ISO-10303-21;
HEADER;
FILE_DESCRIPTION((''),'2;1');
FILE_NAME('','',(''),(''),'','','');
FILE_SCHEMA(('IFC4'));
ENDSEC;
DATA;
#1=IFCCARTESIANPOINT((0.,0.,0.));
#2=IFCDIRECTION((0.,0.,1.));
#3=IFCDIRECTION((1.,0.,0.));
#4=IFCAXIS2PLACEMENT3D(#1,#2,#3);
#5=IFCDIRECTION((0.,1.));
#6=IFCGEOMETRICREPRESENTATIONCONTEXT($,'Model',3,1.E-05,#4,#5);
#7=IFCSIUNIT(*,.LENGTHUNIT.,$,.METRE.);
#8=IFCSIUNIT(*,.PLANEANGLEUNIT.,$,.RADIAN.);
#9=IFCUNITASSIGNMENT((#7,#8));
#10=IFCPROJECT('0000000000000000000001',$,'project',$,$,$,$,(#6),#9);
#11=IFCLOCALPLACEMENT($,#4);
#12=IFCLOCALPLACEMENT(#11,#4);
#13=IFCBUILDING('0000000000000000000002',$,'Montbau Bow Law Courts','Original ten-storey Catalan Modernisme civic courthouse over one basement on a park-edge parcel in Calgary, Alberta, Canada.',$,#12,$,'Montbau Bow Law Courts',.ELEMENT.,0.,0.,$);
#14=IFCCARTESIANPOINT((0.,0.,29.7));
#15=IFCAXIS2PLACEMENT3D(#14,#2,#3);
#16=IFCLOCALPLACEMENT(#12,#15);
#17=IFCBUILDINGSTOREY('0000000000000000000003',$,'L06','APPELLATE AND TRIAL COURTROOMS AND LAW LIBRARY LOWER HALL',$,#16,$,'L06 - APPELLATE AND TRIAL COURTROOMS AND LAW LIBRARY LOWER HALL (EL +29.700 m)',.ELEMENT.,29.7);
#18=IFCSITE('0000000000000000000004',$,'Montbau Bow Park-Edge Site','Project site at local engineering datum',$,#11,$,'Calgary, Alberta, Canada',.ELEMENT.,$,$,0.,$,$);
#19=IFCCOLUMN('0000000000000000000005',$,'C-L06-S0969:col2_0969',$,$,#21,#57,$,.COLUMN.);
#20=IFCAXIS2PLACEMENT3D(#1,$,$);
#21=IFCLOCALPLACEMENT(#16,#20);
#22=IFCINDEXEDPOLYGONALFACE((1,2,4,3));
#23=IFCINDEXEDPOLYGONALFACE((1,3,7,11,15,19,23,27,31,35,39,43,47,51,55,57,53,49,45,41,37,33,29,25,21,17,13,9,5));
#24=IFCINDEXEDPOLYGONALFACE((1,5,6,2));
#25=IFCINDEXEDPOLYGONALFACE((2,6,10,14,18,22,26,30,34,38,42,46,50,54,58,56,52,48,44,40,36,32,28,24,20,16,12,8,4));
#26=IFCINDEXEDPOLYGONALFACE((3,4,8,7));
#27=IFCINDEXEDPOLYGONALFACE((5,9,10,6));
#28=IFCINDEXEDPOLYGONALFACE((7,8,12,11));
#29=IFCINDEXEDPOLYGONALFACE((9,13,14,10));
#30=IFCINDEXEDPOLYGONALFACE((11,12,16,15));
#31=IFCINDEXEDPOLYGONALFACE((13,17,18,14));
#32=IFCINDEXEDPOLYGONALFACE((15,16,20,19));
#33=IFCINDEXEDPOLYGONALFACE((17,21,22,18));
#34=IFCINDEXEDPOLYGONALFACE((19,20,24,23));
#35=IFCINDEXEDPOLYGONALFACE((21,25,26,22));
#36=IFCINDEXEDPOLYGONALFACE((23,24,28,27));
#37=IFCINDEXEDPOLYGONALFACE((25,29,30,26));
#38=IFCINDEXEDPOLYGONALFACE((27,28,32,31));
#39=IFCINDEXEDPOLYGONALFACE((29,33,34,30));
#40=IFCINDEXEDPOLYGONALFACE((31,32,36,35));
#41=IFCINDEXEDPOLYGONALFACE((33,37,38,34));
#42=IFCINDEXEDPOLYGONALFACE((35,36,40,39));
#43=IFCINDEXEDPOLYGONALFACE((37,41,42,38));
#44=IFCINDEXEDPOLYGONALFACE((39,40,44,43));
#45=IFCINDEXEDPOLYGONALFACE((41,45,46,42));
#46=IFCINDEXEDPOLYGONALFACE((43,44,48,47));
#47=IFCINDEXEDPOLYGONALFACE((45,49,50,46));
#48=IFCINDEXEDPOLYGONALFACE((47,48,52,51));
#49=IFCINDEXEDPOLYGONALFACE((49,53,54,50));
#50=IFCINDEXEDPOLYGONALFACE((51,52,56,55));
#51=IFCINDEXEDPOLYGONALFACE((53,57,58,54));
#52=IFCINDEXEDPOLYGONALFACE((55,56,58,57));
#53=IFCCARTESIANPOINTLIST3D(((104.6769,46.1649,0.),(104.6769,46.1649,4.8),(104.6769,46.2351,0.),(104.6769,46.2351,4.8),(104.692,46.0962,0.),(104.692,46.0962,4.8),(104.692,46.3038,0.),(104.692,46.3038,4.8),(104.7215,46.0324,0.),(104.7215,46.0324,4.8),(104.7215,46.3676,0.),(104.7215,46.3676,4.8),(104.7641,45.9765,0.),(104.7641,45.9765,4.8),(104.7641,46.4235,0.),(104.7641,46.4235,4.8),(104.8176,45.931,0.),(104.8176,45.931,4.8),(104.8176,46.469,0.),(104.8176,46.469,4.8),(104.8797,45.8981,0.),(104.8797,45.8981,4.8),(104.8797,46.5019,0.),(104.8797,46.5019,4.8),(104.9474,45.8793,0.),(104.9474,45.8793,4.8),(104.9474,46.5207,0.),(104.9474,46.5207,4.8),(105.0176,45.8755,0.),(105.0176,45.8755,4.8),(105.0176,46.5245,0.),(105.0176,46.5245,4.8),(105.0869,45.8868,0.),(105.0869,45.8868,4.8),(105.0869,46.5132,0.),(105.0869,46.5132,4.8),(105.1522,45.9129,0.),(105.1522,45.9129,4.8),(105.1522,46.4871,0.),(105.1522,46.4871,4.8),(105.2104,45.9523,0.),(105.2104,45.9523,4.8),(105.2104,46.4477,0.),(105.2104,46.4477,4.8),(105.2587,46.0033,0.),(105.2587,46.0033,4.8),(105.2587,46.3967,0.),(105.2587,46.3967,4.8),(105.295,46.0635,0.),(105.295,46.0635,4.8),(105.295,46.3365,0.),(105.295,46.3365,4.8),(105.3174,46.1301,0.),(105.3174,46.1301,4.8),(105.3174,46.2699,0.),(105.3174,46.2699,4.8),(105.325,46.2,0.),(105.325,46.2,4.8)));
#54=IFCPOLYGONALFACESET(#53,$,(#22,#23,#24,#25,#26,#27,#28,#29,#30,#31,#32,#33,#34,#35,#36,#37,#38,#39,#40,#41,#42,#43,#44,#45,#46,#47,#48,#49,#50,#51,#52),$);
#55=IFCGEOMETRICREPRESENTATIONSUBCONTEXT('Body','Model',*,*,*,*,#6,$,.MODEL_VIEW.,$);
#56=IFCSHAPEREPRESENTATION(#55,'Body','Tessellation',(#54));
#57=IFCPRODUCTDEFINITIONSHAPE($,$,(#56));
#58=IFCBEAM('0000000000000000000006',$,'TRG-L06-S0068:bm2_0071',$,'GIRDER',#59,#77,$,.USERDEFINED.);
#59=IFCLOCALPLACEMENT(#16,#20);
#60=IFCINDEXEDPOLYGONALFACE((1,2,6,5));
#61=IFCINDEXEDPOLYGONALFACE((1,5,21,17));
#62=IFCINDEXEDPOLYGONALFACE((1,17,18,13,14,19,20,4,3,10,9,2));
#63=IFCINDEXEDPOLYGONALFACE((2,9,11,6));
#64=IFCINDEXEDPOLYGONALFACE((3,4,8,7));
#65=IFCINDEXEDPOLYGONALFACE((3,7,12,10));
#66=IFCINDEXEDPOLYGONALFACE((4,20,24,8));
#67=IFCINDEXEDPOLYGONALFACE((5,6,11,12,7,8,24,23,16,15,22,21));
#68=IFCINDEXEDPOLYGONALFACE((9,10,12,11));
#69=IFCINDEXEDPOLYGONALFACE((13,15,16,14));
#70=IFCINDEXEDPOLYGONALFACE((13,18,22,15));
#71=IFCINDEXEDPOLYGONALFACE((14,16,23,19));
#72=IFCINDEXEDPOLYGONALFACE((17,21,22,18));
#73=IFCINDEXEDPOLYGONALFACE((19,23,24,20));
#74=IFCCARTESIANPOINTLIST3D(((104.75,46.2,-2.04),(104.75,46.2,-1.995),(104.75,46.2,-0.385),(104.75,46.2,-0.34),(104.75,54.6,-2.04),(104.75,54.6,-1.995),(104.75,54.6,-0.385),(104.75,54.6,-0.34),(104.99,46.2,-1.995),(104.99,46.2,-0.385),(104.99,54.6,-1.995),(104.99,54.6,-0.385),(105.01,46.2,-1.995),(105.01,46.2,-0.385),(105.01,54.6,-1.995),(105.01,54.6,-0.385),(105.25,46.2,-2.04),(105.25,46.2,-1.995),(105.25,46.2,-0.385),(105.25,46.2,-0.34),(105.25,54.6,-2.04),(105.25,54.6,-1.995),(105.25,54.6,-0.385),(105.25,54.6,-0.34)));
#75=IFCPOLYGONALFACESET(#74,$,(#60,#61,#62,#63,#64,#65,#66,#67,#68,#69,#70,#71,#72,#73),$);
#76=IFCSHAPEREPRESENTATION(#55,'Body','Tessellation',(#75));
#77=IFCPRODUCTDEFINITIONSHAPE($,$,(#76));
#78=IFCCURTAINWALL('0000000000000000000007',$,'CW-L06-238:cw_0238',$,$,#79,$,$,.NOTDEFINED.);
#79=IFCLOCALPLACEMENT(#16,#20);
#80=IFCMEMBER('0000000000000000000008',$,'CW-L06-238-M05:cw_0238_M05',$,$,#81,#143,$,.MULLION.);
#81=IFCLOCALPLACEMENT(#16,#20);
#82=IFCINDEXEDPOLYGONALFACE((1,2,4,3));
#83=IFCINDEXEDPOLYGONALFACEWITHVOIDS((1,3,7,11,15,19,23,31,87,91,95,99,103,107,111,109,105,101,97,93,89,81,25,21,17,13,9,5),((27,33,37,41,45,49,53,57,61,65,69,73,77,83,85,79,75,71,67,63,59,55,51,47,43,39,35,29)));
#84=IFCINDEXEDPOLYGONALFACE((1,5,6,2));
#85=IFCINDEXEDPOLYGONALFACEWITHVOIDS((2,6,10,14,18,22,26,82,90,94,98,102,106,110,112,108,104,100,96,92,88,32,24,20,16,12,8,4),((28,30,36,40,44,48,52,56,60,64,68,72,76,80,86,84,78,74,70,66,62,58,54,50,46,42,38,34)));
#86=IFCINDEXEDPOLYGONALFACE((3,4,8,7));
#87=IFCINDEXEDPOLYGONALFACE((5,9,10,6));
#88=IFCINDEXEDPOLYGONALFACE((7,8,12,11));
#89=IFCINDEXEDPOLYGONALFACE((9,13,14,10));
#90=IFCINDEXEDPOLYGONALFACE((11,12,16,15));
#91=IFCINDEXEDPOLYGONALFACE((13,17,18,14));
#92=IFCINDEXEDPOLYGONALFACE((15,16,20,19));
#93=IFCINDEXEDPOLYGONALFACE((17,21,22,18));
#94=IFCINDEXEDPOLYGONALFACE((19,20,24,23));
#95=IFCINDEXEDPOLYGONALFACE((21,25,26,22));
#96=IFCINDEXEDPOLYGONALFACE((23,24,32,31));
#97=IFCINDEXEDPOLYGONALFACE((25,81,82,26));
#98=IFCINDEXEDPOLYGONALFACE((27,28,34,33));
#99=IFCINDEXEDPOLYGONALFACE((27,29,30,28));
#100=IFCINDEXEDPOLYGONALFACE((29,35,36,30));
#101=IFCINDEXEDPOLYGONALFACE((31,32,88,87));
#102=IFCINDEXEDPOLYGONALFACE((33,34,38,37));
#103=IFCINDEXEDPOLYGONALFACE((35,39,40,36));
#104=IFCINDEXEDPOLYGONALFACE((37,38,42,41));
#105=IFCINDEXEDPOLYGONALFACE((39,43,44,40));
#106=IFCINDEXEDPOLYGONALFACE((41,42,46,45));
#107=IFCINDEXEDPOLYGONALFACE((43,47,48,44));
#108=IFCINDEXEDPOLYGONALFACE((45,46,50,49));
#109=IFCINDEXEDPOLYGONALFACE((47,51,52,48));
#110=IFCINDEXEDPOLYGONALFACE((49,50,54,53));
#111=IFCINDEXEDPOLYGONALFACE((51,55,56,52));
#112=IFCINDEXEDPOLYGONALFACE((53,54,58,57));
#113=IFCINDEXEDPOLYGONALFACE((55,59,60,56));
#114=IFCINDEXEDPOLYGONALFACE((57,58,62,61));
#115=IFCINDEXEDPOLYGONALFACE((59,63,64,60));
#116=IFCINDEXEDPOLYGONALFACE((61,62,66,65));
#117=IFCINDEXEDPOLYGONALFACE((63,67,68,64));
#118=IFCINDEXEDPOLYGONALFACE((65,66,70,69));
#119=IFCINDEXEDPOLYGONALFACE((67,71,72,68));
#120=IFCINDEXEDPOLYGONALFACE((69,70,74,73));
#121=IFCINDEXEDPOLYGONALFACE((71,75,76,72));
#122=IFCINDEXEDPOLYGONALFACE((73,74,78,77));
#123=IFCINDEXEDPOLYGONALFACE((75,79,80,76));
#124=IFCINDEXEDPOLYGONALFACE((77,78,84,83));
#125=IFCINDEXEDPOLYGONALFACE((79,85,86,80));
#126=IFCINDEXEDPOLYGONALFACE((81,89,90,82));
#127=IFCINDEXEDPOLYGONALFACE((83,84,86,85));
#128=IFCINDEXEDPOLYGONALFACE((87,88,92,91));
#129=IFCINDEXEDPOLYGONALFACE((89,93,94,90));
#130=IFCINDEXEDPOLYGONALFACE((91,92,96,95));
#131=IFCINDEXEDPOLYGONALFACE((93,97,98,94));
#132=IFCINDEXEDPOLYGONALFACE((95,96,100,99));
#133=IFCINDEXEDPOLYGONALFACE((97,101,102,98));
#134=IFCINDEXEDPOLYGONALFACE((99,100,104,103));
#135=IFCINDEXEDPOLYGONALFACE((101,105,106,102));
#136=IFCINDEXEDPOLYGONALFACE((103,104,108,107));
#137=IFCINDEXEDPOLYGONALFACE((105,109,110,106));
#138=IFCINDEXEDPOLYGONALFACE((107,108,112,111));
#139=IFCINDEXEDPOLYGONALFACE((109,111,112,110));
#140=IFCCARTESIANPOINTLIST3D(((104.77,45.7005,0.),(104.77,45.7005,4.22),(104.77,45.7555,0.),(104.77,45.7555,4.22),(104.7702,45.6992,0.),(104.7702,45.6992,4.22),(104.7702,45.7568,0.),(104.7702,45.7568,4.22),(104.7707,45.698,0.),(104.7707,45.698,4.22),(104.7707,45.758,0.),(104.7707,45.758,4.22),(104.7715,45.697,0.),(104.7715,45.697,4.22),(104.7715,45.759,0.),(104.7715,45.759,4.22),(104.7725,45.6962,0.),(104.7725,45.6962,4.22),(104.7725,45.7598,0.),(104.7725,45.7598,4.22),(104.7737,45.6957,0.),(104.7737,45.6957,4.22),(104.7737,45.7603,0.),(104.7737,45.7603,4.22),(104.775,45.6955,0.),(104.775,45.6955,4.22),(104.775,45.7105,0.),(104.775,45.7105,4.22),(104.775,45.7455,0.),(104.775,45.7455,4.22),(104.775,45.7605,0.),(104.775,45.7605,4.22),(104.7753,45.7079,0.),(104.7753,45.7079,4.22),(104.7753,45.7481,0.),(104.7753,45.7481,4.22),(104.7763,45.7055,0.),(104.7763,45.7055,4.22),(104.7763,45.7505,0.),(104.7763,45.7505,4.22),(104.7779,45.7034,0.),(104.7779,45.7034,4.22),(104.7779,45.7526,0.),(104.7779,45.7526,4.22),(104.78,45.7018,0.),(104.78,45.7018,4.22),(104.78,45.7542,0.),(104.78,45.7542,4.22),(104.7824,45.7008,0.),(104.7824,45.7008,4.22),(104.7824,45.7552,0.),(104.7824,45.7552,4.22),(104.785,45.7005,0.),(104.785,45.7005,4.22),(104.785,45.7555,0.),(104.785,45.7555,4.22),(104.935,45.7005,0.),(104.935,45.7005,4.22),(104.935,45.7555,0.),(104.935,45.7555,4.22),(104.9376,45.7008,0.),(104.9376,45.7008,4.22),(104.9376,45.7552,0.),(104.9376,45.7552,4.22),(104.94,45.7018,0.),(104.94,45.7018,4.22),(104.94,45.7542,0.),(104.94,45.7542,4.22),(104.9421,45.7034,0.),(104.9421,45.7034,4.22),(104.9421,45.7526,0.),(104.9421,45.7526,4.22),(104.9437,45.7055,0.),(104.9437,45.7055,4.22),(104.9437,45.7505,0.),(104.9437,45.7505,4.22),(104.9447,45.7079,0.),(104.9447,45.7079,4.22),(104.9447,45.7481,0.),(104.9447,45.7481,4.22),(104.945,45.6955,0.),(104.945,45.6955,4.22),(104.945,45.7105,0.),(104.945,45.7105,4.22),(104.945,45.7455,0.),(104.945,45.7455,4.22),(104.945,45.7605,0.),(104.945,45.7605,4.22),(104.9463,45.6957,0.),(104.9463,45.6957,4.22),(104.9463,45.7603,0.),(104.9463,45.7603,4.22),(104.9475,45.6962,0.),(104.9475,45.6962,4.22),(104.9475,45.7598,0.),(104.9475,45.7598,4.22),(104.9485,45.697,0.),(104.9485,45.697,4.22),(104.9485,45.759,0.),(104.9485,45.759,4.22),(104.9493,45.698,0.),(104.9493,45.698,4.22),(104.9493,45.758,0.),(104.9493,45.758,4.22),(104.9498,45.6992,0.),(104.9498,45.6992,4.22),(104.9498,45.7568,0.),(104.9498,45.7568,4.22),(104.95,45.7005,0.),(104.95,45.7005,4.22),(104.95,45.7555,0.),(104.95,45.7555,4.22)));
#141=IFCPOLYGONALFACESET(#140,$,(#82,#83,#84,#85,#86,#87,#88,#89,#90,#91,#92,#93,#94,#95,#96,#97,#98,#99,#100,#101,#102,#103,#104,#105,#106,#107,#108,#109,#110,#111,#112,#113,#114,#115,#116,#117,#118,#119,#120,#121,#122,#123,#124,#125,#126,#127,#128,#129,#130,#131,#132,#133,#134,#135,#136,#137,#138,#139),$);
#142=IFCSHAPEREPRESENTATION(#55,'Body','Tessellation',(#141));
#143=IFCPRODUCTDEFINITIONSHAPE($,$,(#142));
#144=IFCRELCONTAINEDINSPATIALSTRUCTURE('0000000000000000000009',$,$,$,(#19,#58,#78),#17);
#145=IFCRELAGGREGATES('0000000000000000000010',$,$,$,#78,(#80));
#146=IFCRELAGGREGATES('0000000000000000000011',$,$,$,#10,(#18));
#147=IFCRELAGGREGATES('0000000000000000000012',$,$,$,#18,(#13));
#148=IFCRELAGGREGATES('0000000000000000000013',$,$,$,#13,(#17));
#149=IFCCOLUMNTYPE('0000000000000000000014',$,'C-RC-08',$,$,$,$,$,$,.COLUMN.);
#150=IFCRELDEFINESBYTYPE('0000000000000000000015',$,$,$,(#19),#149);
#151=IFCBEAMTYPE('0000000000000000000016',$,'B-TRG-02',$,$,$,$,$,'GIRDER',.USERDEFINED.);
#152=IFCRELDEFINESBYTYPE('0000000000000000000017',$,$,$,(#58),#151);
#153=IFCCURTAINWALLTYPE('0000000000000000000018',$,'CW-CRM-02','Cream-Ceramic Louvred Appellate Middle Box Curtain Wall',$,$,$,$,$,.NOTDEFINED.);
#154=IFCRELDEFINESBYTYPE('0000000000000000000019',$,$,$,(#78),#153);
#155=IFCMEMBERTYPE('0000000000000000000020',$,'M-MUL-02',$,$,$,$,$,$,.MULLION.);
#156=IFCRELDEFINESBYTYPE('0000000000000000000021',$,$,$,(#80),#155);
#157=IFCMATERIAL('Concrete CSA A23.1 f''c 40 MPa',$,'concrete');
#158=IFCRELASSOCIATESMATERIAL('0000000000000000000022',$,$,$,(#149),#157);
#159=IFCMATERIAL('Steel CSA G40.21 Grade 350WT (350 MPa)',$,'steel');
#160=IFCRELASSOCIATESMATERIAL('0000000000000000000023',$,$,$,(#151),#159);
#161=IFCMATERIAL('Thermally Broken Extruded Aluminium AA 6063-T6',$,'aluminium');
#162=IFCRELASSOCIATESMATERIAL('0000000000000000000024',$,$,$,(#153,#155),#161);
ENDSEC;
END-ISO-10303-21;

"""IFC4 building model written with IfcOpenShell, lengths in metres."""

from ifc_helpers import new_model, si_unit, direction, frame, origin_with_axes, origin_2d_with_axis, place, context, subcontext, project, spatial, hollow_rectangle, circle, i_section, extrude, material, material_profile, profile_set, type_object, element, aggregate, save


model = new_model("IFC4")

# Units and contexts
model_context = context("Model", 3, precision=1e-05, world=origin_with_axes(), true_north=direction((0.0, 1.0)))
body_context = subcontext(model_context, "Body", "Model", "MODEL_VIEW")
ifc_project = project(units=[si_unit("LENGTHUNIT", "METRE"), si_unit("PLANEANGLEUNIT", "RADIAN")], contexts=[model_context])

# Site, building, storey
site_placement = place(None, origin_with_axes())
site = spatial("IfcSite", under=ifc_project, at=site_placement, Name="Montbau Bow Park-Edge Site", Description="Project site at local engineering datum", LongName="Calgary, Alberta, Canada", CompositionType="ELEMENT", RefElevation=0.0)
building_placement = place(site_placement, origin_with_axes())
building = spatial("IfcBuilding", under=site, at=building_placement, Name="Montbau Bow Law Courts", Description="Original ten-storey Catalan Modernisme civic courthouse over one basement on a park-edge parcel in Calgary, Alberta, Canada.", LongName="Montbau Bow Law Courts", CompositionType="ELEMENT", ElevationOfRefHeight=0.0, ElevationOfTerrain=0.0)
storey_placement = place(building_placement, frame((0.0, 0.0, 29.7), z_axis=(0.0, 0.0, 1.0), x_axis=(1.0, 0.0, 0.0)))
storey = spatial("IfcBuildingStorey", under=building, at=storey_placement, Name="L06", Description="APPELLATE AND TRIAL COURTROOMS AND LAW LIBRARY LOWER HALL", LongName="L06 - APPELLATE AND TRIAL COURTROOMS AND LAW LIBRARY LOWER HALL (EL +29.700 m)", CompositionType="ELEMENT", Elevation=29.7)

# Column
ifc_material_1 = material(Name="Concrete CSA A23.1 f'c 40 MPa", Category="concrete")
ifc_material_profile_1 = material_profile(ifc_material_1, circle(Radius=0.325, at=origin_2d_with_axis()), Name="RC650D", Category="Main", Priority=0)
ifc_profile_set_1 = profile_set([ifc_material_profile_1], Name="Concrete CSA A23.1 f'c 40 MPa")
column_type = type_object("IfcColumnType", Name="C-RC-08", PredefinedType="COLUMN", material=ifc_profile_set_1)
column_placement = place(None, frame((105.0, 46.2, 29.7), z_axis=(0.0, 0.0, 1.0), x_axis=(1.0, 0.0, 0.0)))
element("IfcColumn", 1, at=column_placement, inside=storey, type_object=column_type, Name="C-L06-S0969:col2_0969", PredefinedType="COLUMN", context=body_context, shape_type="SweptSolid", body=[
    extrude(circle(Radius=0.325, at=origin_2d_with_axis()), origin_with_axes(), (0.0, 0.0, 1.0), 4.8),
])

# Beam
ifc_material_2 = material(Name="Steel CSA G40.21 Grade 350WT (350 MPa)", Category="steel")
ifc_material_profile_2 = material_profile(ifc_material_2, i_section(OverallWidth=0.5, OverallDepth=1.7, WebThickness=0.02, FlangeThickness=0.045, at=origin_2d_with_axis()), Name="WWF1700X480", Category="Main", Priority=0)
ifc_profile_set_2 = profile_set([ifc_material_profile_2], Name="Steel CSA G40.21 Grade 350WT (350 MPa)")
beam_type = type_object("IfcBeamType", Name="B-TRG-02", ElementType="GIRDER", PredefinedType="USERDEFINED", material=ifc_profile_set_2)
beam_placement = place(None, frame((105.0, 46.2, 28.51), z_axis=(0.0, 1.0, 0.0), x_axis=(-1.0, 0.0, 0.0)))
element("IfcBeam", 2, at=beam_placement, inside=storey, type_object=beam_type, Name="TRG-L06-S0068:bm2_0071", ObjectType="GIRDER", PredefinedType="USERDEFINED", context=body_context, shape_type="SweptSolid", body=[
    extrude(i_section(OverallWidth=0.5, OverallDepth=1.7, WebThickness=0.02, FlangeThickness=0.045, at=origin_2d_with_axis()), origin_with_axes(), (0.0, 0.0, 1.0), 8.4),
])

# Curtain wall, member
ifc_material_3 = material(Name="Thermally Broken Extruded Aluminium AA 6063-T6", Category="aluminium")
curtain_wall_type = type_object("IfcCurtainWallType", Name="CW-CRM-02", Description="Cream-Ceramic Louvred Appellate Middle Box Curtain Wall", PredefinedType="NOTDEFINED", material=ifc_material_3)
curtain_wall_1_placement = place(None, frame((104.86, 39.44, 29.7), z_axis=(0.0, 0.0, 1.0), x_axis=(1.0, 0.0, 0.0)))
curtain_wall_1 = element("IfcCurtainWall", 3, at=curtain_wall_1_placement, inside=storey, type_object=curtain_wall_type, Name="CW-L06-238:cw_0238", PredefinedType="NOTDEFINED")
ifc_material_profile_3 = material_profile(ifc_material_3, hollow_rectangle(XDim=0.065, YDim=0.18, WallThickness=0.005, InnerFilletRadius=0.01, OuterFilletRadius=0.005, at=origin_2d_with_axis()), Name="CWM-180X65", Category="Main", Priority=0)
ifc_profile_set_3 = profile_set([ifc_material_profile_3], Name="Thermally Broken Extruded Aluminium AA 6063-T6")
member_type_1 = type_object("IfcMemberType", Name="M-MUL-02", PredefinedType="MULLION", material=ifc_profile_set_3)
member_1_placement = place(None, frame((104.86, 45.728, 29.7), z_axis=(0.0, 0.0, 1.0), x_axis=(0.0, 1.0, 0.0)))
member_1 = element("IfcMember", 4, at=member_1_placement, type_object=member_type_1, Name="CW-L06-238-M05:cw_0238_M05", PredefinedType="MULLION", context=body_context, shape_type="SweptSolid", body=[
    extrude(hollow_rectangle(XDim=0.065, YDim=0.18, WallThickness=0.005, InnerFilletRadius=0.01, OuterFilletRadius=0.005, at=origin_2d_with_axis()), origin_with_axes(), (0.0, 0.0, 1.0), 4.22),
])

aggregate(curtain_wall_1, [member_1])

save(model, "model.ifc")
